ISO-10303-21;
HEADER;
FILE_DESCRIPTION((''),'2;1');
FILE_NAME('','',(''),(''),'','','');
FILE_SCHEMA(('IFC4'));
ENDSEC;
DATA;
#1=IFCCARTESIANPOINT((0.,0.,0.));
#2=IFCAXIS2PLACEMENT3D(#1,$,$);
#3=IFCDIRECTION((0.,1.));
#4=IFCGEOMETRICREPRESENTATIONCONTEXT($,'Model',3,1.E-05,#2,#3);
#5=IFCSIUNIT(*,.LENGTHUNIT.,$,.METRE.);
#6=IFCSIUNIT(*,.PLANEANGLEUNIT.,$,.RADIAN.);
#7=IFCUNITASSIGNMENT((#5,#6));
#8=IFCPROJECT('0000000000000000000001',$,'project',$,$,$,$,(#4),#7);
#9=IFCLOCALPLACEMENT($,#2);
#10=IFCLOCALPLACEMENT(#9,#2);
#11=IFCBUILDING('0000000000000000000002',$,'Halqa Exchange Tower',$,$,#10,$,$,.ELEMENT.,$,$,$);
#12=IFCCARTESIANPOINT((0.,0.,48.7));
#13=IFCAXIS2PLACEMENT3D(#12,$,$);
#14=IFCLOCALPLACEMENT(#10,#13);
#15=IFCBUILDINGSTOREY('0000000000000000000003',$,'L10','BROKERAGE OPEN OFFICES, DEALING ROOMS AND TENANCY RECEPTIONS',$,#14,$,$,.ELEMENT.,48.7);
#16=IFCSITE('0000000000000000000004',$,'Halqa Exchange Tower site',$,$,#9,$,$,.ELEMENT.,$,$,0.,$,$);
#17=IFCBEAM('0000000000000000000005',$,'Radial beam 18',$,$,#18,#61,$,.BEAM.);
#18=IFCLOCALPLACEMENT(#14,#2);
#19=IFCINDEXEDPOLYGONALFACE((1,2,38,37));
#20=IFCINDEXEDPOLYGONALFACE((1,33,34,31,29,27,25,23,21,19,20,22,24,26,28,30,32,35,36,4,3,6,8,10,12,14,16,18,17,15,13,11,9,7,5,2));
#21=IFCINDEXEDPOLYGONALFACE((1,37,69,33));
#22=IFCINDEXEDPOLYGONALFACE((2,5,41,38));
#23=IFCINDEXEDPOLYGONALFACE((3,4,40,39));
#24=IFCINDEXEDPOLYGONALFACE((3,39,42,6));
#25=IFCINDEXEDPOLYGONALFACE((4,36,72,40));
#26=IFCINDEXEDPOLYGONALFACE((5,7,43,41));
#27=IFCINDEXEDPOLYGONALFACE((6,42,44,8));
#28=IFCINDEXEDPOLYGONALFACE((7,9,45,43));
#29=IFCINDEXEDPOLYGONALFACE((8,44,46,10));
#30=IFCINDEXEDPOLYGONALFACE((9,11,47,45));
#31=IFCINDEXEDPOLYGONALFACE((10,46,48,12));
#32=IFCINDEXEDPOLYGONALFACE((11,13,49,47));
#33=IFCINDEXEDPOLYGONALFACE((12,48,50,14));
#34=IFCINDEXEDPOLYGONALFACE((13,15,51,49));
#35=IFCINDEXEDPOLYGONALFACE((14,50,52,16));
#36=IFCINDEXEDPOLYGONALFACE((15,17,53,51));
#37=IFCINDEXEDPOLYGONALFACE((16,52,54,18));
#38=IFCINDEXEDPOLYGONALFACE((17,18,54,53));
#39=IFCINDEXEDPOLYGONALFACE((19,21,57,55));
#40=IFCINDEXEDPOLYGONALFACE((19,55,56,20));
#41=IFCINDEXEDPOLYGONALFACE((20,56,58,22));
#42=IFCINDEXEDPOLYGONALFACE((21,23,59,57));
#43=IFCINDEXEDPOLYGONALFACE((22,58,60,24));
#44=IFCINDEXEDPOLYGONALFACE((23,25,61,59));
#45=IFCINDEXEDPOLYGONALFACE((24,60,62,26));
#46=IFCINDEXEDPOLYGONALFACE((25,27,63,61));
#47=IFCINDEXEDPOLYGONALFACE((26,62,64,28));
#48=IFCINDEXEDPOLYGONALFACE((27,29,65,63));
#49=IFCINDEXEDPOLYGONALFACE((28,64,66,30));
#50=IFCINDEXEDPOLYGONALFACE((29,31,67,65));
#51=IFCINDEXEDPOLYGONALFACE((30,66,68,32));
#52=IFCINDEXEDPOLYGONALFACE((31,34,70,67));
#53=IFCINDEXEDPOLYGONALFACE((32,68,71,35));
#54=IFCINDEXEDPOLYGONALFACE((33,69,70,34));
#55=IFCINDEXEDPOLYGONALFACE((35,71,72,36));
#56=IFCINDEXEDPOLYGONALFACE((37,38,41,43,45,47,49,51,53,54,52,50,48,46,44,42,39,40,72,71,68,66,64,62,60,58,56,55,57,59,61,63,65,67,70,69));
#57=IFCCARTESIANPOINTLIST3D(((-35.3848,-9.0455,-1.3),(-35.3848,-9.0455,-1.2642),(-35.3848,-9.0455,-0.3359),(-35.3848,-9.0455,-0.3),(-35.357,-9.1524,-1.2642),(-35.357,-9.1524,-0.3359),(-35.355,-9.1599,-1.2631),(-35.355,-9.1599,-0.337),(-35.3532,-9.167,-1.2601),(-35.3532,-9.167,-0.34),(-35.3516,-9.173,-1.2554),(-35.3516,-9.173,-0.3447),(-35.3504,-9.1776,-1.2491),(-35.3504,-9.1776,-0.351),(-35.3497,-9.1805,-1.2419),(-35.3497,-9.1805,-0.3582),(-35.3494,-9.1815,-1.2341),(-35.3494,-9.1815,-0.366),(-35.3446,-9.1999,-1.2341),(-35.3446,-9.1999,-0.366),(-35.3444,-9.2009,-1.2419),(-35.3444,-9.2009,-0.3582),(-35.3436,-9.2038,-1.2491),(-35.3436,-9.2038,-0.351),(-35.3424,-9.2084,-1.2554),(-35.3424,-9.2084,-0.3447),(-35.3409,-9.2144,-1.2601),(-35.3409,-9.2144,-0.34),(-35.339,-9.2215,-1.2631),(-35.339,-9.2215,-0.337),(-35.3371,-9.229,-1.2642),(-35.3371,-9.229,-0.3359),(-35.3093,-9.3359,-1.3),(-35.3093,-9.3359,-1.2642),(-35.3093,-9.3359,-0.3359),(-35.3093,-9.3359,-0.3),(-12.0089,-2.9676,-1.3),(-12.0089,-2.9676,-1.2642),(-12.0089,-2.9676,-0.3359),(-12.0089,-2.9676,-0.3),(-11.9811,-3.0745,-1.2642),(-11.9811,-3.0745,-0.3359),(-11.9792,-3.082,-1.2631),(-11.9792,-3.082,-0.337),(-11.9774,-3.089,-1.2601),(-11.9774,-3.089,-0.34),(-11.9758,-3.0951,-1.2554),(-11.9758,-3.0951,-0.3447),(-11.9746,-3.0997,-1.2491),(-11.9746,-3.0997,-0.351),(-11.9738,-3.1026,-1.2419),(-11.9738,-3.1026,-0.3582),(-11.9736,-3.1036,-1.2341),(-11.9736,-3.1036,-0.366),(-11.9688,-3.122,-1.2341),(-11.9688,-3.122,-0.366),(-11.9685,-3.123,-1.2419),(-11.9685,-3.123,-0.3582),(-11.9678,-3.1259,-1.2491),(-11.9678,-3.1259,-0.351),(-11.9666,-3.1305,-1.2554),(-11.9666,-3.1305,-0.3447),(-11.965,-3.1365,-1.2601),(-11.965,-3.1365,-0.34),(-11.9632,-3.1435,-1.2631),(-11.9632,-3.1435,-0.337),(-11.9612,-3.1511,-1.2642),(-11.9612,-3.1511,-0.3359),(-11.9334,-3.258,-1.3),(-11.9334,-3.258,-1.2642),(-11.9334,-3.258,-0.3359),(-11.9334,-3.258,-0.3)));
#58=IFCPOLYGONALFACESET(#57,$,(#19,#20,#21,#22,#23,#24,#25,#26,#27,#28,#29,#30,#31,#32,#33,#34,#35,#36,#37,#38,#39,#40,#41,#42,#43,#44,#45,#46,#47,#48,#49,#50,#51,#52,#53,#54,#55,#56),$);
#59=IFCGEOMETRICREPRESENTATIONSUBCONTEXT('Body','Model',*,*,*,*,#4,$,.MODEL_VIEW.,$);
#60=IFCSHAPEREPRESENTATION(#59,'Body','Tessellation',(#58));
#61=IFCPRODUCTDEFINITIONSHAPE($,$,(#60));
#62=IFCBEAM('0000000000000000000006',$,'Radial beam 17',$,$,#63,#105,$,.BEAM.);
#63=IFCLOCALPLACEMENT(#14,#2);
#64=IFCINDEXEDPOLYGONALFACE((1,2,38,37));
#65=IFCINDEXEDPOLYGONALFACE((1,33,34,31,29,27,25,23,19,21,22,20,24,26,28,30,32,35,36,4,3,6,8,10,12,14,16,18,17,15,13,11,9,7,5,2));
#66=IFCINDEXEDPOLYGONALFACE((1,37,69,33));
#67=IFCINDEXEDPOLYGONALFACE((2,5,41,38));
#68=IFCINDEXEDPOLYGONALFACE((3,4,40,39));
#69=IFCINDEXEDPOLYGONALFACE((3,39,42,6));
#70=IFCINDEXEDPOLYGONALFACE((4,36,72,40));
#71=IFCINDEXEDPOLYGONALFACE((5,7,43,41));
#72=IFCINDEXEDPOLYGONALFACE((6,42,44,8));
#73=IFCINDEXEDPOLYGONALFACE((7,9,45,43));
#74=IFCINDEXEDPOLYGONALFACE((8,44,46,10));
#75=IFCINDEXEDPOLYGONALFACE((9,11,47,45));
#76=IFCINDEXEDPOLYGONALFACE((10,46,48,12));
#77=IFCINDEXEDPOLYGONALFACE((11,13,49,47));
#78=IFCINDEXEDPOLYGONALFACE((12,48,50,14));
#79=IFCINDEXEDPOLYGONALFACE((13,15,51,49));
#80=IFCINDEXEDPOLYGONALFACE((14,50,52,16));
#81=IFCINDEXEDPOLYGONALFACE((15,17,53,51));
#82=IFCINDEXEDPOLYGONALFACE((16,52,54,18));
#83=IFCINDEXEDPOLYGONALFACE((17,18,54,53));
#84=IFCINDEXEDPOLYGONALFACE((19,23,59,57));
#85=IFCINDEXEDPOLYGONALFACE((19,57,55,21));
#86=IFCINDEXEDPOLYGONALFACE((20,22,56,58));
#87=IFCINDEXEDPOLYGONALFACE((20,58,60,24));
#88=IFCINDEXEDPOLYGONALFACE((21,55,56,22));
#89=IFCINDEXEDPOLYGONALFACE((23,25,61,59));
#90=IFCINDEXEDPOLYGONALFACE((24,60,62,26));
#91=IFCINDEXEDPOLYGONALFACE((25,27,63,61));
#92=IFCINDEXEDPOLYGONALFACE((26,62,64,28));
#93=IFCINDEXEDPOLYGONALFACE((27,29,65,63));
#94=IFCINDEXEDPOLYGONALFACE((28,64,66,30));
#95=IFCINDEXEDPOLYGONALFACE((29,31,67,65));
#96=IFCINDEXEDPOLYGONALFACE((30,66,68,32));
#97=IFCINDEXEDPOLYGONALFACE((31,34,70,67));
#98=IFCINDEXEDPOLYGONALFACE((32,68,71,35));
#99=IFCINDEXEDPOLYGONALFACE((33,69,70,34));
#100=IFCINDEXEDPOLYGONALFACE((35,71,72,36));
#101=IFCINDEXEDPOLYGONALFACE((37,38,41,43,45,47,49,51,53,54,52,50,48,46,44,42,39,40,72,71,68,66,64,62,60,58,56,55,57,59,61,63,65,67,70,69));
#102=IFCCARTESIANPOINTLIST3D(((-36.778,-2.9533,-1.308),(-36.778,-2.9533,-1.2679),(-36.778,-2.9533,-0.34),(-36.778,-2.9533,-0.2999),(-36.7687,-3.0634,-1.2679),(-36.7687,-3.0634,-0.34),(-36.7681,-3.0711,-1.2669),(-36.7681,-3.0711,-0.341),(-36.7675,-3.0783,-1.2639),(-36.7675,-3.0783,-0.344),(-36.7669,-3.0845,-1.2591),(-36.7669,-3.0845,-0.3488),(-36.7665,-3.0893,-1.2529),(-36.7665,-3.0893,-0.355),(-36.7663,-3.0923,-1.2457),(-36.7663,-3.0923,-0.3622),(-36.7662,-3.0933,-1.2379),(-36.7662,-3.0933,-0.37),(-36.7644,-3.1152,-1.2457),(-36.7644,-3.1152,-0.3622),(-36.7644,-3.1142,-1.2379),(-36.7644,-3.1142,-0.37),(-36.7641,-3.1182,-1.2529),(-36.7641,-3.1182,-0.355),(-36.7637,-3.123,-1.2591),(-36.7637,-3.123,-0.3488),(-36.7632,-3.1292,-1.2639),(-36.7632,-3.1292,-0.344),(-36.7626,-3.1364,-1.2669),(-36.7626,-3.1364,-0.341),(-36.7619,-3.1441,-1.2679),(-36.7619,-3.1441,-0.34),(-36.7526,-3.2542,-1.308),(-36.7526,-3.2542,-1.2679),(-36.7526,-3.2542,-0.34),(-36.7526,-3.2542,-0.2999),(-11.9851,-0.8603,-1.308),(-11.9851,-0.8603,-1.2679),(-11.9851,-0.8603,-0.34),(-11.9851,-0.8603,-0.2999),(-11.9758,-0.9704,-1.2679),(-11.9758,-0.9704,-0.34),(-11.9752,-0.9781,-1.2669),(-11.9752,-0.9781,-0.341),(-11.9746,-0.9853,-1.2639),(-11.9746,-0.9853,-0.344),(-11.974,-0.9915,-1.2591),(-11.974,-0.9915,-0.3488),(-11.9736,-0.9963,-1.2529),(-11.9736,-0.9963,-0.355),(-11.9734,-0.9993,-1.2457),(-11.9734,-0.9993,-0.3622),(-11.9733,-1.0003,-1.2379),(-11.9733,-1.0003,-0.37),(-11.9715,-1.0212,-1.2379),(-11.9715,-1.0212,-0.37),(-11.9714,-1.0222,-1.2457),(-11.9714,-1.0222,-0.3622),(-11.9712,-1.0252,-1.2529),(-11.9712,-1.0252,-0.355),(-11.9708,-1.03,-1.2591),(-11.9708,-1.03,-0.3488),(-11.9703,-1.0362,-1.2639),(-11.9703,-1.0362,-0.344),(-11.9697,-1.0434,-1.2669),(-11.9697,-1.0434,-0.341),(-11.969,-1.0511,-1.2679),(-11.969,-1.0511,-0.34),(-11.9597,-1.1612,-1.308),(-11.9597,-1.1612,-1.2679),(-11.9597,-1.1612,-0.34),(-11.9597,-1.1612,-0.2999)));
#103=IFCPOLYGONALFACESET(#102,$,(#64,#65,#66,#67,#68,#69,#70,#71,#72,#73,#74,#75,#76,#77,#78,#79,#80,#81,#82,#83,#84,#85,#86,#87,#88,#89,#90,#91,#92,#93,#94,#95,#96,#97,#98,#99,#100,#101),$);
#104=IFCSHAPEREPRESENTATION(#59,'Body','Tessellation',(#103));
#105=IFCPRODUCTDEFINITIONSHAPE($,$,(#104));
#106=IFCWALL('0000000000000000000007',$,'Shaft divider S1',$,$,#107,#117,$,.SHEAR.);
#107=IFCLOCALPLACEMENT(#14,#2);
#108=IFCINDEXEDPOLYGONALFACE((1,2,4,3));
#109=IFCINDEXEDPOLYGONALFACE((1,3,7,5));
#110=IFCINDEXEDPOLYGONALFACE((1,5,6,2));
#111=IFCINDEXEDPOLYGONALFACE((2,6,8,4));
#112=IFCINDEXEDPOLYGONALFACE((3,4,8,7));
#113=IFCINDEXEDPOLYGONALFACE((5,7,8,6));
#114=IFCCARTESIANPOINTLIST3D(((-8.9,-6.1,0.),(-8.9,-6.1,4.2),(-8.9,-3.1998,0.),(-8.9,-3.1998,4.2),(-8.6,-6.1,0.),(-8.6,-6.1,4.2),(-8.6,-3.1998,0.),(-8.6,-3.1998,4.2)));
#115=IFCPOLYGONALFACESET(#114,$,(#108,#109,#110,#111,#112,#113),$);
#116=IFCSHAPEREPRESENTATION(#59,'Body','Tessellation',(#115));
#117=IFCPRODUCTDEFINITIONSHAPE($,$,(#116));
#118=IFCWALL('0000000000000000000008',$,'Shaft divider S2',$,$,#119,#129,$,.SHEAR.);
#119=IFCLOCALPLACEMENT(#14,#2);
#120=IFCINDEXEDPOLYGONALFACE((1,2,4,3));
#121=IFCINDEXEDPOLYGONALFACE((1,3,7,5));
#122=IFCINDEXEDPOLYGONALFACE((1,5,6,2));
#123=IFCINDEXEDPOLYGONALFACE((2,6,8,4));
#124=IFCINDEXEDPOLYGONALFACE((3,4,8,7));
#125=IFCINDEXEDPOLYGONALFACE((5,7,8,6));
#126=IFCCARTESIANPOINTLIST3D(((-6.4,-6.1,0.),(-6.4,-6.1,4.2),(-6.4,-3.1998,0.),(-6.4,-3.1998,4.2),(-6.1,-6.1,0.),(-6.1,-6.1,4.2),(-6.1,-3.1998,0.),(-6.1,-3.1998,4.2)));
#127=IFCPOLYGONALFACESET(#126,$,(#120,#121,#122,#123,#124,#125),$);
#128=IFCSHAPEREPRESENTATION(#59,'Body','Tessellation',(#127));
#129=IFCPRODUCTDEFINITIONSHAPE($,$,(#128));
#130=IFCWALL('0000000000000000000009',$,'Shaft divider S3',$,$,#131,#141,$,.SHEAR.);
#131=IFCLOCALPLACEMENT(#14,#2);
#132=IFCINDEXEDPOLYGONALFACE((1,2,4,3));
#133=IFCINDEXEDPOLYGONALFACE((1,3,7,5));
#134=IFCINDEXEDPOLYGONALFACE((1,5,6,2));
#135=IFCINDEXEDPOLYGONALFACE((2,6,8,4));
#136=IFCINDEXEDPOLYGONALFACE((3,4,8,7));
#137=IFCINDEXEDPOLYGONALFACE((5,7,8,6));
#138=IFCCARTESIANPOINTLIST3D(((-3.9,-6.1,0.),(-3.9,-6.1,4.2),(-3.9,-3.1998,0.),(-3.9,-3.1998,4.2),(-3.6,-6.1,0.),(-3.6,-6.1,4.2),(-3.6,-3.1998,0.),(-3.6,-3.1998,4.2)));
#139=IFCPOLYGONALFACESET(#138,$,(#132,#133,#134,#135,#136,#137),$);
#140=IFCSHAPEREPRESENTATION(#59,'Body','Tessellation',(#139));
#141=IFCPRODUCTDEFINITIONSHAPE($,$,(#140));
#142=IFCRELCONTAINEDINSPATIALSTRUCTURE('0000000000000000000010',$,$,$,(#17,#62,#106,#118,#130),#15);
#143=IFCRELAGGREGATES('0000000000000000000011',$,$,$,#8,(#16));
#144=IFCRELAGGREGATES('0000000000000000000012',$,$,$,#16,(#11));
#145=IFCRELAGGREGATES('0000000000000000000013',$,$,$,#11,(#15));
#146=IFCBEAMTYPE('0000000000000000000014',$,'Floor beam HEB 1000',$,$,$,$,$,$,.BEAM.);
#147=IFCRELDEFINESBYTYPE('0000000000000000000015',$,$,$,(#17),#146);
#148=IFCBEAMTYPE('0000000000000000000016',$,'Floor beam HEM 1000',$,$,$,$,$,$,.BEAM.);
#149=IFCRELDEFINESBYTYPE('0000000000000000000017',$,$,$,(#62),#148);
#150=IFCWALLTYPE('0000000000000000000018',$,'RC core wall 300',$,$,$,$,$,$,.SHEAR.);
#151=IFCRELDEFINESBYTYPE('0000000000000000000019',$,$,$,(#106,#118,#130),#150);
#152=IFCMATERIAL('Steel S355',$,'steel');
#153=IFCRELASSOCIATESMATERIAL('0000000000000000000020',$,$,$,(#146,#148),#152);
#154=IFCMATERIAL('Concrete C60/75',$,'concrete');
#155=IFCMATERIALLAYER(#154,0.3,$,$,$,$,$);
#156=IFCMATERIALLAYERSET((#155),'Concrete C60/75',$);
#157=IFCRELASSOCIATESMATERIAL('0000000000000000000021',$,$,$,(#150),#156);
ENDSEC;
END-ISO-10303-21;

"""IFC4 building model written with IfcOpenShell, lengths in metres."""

from ifc_helpers import new_model, si_unit, direction, frame, frame_2d, origin, origin_2d, place, context, subcontext, project, spatial, rectangle, i_section, extrude, material, layer, layer_set, material_profile, profile_set, type_object, element, save


model = new_model("IFC4")

# Units and contexts
model_context = context("Model", 3, precision=1e-05, world=origin(), true_north=direction((0.0, 1.0)))
body_context = subcontext(model_context, "Body", "Model", "MODEL_VIEW")
ifc_project = project(units=[si_unit("LENGTHUNIT", "METRE"), si_unit("PLANEANGLEUNIT", "RADIAN")], contexts=[model_context])

# Site, building, storey
site_placement = place(None, origin())
site = spatial("IfcSite", under=ifc_project, at=site_placement, Name="Halqa Exchange Tower site", CompositionType="ELEMENT", RefElevation=0.0)
building_placement = place(site_placement, origin())
building = spatial("IfcBuilding", under=site, at=building_placement, Name="Halqa Exchange Tower", CompositionType="ELEMENT")
storey_placement = place(building_placement, frame((0.0, 0.0, 48.7)))
storey = spatial("IfcBuildingStorey", under=building, at=storey_placement, Name="L10", Description="BROKERAGE OPEN OFFICES, DEALING ROOMS AND TENANCY RECEPTIONS", CompositionType="ELEMENT", Elevation=48.7)

# Beams
ifc_material_1 = material(Name="Steel S355", Category="steel")
ifc_material_profile_1 = material_profile(ifc_material_1, i_section(OverallWidth=0.3, OverallDepth=1.0, WebThickness=0.019, FlangeThickness=0.0359, FilletRadius=0.03, at=origin_2d()), Name="HEB 1000")
ifc_profile_set_1 = profile_set([ifc_material_profile_1], Name="Steel S355")
beam_type_1 = type_object("IfcBeamType", Name="Floor beam HEB 1000", PredefinedType="BEAM", material=ifc_profile_set_1)
beam_1_placement = place(storey_placement, frame((-11.9712, -3.1128, -0.8), z_axis=(-0.967821, -0.251641, 0.0), x_axis=(0.251641, -0.967821, 0.0)))
element("IfcBeam", 1, at=beam_1_placement, inside=storey, type_object=beam_type_1, Name="Radial beam 18", PredefinedType="BEAM", context=body_context, shape_type="SweptSolid", body=[
    extrude(i_section(OverallWidth=0.3, OverallDepth=1.0, WebThickness=0.019, FlangeThickness=0.0359, FilletRadius=0.03, at=origin_2d()), origin(), (0.0, 0.0, 1.0), 24.1531),
])
ifc_material_profile_2 = material_profile(ifc_material_1, i_section(OverallWidth=0.302, OverallDepth=1.0081, WebThickness=0.021, FlangeThickness=0.04, FilletRadius=0.03, at=origin_2d()), Name="HEM 1000")
ifc_profile_set_2 = profile_set([ifc_material_profile_2], Name="Steel S355")
beam_type_2 = type_object("IfcBeamType", Name="Floor beam HEM 1000", PredefinedType="BEAM", material=ifc_profile_set_2)
beam_2_placement = place(storey_placement, frame((-11.9724, -1.0107, -0.804), z_axis=(-0.996456, -0.084121, 0.0), x_axis=(0.084121, -0.996456, 0.0)))
element("IfcBeam", 2, at=beam_2_placement, inside=storey, type_object=beam_type_2, Name="Radial beam 17", PredefinedType="BEAM", context=body_context, shape_type="SweptSolid", body=[
    extrude(i_section(OverallWidth=0.302, OverallDepth=1.0081, WebThickness=0.021, FlangeThickness=0.04, FilletRadius=0.03, at=origin_2d()), origin(), (0.0, 0.0, 1.0), 24.8811),
])

# Walls
ifc_material_2 = material(Name="Concrete C60/75", Category="concrete")
ifc_layer_1 = layer(ifc_material_2, 0.3)
ifc_layer_set_1 = layer_set([ifc_layer_1], Name="Concrete C60/75")
wall_type_1 = type_object("IfcWallType", Name="RC core wall 300", PredefinedType="SHEAR", material=ifc_layer_set_1)
for number, where, z_axis, x_axis, name in (
    (3, (-8.75, -6.1001, 0.0), (0.0, 0.0, 1.0), (0.0, 1.0, 0.0), "Shaft divider S1"),
    (4, (-6.25, -6.1001, 0.0), (0.0, 0.0, 1.0), (0.0, 1.0, 0.0), "Shaft divider S2"),
    (5, (-3.75, -6.1001, 0.0), (0.0, 0.0, 1.0), (0.0, 1.0, 0.0), "Shaft divider S3"),
):
    element("IfcWall", number, at=place(storey_placement, frame(where, z_axis=z_axis, x_axis=x_axis)), inside=storey, type_object=wall_type_1, Name=name, PredefinedType="SHEAR", context=body_context, shape_type="SweptSolid", body=[
        extrude(rectangle(XDim=2.9001, YDim=0.3, at=frame_2d((1.4502, 0.0))), origin(), (0.0, 0.0, 1.0), 4.2),
    ])

save(model, "model.ifc")
